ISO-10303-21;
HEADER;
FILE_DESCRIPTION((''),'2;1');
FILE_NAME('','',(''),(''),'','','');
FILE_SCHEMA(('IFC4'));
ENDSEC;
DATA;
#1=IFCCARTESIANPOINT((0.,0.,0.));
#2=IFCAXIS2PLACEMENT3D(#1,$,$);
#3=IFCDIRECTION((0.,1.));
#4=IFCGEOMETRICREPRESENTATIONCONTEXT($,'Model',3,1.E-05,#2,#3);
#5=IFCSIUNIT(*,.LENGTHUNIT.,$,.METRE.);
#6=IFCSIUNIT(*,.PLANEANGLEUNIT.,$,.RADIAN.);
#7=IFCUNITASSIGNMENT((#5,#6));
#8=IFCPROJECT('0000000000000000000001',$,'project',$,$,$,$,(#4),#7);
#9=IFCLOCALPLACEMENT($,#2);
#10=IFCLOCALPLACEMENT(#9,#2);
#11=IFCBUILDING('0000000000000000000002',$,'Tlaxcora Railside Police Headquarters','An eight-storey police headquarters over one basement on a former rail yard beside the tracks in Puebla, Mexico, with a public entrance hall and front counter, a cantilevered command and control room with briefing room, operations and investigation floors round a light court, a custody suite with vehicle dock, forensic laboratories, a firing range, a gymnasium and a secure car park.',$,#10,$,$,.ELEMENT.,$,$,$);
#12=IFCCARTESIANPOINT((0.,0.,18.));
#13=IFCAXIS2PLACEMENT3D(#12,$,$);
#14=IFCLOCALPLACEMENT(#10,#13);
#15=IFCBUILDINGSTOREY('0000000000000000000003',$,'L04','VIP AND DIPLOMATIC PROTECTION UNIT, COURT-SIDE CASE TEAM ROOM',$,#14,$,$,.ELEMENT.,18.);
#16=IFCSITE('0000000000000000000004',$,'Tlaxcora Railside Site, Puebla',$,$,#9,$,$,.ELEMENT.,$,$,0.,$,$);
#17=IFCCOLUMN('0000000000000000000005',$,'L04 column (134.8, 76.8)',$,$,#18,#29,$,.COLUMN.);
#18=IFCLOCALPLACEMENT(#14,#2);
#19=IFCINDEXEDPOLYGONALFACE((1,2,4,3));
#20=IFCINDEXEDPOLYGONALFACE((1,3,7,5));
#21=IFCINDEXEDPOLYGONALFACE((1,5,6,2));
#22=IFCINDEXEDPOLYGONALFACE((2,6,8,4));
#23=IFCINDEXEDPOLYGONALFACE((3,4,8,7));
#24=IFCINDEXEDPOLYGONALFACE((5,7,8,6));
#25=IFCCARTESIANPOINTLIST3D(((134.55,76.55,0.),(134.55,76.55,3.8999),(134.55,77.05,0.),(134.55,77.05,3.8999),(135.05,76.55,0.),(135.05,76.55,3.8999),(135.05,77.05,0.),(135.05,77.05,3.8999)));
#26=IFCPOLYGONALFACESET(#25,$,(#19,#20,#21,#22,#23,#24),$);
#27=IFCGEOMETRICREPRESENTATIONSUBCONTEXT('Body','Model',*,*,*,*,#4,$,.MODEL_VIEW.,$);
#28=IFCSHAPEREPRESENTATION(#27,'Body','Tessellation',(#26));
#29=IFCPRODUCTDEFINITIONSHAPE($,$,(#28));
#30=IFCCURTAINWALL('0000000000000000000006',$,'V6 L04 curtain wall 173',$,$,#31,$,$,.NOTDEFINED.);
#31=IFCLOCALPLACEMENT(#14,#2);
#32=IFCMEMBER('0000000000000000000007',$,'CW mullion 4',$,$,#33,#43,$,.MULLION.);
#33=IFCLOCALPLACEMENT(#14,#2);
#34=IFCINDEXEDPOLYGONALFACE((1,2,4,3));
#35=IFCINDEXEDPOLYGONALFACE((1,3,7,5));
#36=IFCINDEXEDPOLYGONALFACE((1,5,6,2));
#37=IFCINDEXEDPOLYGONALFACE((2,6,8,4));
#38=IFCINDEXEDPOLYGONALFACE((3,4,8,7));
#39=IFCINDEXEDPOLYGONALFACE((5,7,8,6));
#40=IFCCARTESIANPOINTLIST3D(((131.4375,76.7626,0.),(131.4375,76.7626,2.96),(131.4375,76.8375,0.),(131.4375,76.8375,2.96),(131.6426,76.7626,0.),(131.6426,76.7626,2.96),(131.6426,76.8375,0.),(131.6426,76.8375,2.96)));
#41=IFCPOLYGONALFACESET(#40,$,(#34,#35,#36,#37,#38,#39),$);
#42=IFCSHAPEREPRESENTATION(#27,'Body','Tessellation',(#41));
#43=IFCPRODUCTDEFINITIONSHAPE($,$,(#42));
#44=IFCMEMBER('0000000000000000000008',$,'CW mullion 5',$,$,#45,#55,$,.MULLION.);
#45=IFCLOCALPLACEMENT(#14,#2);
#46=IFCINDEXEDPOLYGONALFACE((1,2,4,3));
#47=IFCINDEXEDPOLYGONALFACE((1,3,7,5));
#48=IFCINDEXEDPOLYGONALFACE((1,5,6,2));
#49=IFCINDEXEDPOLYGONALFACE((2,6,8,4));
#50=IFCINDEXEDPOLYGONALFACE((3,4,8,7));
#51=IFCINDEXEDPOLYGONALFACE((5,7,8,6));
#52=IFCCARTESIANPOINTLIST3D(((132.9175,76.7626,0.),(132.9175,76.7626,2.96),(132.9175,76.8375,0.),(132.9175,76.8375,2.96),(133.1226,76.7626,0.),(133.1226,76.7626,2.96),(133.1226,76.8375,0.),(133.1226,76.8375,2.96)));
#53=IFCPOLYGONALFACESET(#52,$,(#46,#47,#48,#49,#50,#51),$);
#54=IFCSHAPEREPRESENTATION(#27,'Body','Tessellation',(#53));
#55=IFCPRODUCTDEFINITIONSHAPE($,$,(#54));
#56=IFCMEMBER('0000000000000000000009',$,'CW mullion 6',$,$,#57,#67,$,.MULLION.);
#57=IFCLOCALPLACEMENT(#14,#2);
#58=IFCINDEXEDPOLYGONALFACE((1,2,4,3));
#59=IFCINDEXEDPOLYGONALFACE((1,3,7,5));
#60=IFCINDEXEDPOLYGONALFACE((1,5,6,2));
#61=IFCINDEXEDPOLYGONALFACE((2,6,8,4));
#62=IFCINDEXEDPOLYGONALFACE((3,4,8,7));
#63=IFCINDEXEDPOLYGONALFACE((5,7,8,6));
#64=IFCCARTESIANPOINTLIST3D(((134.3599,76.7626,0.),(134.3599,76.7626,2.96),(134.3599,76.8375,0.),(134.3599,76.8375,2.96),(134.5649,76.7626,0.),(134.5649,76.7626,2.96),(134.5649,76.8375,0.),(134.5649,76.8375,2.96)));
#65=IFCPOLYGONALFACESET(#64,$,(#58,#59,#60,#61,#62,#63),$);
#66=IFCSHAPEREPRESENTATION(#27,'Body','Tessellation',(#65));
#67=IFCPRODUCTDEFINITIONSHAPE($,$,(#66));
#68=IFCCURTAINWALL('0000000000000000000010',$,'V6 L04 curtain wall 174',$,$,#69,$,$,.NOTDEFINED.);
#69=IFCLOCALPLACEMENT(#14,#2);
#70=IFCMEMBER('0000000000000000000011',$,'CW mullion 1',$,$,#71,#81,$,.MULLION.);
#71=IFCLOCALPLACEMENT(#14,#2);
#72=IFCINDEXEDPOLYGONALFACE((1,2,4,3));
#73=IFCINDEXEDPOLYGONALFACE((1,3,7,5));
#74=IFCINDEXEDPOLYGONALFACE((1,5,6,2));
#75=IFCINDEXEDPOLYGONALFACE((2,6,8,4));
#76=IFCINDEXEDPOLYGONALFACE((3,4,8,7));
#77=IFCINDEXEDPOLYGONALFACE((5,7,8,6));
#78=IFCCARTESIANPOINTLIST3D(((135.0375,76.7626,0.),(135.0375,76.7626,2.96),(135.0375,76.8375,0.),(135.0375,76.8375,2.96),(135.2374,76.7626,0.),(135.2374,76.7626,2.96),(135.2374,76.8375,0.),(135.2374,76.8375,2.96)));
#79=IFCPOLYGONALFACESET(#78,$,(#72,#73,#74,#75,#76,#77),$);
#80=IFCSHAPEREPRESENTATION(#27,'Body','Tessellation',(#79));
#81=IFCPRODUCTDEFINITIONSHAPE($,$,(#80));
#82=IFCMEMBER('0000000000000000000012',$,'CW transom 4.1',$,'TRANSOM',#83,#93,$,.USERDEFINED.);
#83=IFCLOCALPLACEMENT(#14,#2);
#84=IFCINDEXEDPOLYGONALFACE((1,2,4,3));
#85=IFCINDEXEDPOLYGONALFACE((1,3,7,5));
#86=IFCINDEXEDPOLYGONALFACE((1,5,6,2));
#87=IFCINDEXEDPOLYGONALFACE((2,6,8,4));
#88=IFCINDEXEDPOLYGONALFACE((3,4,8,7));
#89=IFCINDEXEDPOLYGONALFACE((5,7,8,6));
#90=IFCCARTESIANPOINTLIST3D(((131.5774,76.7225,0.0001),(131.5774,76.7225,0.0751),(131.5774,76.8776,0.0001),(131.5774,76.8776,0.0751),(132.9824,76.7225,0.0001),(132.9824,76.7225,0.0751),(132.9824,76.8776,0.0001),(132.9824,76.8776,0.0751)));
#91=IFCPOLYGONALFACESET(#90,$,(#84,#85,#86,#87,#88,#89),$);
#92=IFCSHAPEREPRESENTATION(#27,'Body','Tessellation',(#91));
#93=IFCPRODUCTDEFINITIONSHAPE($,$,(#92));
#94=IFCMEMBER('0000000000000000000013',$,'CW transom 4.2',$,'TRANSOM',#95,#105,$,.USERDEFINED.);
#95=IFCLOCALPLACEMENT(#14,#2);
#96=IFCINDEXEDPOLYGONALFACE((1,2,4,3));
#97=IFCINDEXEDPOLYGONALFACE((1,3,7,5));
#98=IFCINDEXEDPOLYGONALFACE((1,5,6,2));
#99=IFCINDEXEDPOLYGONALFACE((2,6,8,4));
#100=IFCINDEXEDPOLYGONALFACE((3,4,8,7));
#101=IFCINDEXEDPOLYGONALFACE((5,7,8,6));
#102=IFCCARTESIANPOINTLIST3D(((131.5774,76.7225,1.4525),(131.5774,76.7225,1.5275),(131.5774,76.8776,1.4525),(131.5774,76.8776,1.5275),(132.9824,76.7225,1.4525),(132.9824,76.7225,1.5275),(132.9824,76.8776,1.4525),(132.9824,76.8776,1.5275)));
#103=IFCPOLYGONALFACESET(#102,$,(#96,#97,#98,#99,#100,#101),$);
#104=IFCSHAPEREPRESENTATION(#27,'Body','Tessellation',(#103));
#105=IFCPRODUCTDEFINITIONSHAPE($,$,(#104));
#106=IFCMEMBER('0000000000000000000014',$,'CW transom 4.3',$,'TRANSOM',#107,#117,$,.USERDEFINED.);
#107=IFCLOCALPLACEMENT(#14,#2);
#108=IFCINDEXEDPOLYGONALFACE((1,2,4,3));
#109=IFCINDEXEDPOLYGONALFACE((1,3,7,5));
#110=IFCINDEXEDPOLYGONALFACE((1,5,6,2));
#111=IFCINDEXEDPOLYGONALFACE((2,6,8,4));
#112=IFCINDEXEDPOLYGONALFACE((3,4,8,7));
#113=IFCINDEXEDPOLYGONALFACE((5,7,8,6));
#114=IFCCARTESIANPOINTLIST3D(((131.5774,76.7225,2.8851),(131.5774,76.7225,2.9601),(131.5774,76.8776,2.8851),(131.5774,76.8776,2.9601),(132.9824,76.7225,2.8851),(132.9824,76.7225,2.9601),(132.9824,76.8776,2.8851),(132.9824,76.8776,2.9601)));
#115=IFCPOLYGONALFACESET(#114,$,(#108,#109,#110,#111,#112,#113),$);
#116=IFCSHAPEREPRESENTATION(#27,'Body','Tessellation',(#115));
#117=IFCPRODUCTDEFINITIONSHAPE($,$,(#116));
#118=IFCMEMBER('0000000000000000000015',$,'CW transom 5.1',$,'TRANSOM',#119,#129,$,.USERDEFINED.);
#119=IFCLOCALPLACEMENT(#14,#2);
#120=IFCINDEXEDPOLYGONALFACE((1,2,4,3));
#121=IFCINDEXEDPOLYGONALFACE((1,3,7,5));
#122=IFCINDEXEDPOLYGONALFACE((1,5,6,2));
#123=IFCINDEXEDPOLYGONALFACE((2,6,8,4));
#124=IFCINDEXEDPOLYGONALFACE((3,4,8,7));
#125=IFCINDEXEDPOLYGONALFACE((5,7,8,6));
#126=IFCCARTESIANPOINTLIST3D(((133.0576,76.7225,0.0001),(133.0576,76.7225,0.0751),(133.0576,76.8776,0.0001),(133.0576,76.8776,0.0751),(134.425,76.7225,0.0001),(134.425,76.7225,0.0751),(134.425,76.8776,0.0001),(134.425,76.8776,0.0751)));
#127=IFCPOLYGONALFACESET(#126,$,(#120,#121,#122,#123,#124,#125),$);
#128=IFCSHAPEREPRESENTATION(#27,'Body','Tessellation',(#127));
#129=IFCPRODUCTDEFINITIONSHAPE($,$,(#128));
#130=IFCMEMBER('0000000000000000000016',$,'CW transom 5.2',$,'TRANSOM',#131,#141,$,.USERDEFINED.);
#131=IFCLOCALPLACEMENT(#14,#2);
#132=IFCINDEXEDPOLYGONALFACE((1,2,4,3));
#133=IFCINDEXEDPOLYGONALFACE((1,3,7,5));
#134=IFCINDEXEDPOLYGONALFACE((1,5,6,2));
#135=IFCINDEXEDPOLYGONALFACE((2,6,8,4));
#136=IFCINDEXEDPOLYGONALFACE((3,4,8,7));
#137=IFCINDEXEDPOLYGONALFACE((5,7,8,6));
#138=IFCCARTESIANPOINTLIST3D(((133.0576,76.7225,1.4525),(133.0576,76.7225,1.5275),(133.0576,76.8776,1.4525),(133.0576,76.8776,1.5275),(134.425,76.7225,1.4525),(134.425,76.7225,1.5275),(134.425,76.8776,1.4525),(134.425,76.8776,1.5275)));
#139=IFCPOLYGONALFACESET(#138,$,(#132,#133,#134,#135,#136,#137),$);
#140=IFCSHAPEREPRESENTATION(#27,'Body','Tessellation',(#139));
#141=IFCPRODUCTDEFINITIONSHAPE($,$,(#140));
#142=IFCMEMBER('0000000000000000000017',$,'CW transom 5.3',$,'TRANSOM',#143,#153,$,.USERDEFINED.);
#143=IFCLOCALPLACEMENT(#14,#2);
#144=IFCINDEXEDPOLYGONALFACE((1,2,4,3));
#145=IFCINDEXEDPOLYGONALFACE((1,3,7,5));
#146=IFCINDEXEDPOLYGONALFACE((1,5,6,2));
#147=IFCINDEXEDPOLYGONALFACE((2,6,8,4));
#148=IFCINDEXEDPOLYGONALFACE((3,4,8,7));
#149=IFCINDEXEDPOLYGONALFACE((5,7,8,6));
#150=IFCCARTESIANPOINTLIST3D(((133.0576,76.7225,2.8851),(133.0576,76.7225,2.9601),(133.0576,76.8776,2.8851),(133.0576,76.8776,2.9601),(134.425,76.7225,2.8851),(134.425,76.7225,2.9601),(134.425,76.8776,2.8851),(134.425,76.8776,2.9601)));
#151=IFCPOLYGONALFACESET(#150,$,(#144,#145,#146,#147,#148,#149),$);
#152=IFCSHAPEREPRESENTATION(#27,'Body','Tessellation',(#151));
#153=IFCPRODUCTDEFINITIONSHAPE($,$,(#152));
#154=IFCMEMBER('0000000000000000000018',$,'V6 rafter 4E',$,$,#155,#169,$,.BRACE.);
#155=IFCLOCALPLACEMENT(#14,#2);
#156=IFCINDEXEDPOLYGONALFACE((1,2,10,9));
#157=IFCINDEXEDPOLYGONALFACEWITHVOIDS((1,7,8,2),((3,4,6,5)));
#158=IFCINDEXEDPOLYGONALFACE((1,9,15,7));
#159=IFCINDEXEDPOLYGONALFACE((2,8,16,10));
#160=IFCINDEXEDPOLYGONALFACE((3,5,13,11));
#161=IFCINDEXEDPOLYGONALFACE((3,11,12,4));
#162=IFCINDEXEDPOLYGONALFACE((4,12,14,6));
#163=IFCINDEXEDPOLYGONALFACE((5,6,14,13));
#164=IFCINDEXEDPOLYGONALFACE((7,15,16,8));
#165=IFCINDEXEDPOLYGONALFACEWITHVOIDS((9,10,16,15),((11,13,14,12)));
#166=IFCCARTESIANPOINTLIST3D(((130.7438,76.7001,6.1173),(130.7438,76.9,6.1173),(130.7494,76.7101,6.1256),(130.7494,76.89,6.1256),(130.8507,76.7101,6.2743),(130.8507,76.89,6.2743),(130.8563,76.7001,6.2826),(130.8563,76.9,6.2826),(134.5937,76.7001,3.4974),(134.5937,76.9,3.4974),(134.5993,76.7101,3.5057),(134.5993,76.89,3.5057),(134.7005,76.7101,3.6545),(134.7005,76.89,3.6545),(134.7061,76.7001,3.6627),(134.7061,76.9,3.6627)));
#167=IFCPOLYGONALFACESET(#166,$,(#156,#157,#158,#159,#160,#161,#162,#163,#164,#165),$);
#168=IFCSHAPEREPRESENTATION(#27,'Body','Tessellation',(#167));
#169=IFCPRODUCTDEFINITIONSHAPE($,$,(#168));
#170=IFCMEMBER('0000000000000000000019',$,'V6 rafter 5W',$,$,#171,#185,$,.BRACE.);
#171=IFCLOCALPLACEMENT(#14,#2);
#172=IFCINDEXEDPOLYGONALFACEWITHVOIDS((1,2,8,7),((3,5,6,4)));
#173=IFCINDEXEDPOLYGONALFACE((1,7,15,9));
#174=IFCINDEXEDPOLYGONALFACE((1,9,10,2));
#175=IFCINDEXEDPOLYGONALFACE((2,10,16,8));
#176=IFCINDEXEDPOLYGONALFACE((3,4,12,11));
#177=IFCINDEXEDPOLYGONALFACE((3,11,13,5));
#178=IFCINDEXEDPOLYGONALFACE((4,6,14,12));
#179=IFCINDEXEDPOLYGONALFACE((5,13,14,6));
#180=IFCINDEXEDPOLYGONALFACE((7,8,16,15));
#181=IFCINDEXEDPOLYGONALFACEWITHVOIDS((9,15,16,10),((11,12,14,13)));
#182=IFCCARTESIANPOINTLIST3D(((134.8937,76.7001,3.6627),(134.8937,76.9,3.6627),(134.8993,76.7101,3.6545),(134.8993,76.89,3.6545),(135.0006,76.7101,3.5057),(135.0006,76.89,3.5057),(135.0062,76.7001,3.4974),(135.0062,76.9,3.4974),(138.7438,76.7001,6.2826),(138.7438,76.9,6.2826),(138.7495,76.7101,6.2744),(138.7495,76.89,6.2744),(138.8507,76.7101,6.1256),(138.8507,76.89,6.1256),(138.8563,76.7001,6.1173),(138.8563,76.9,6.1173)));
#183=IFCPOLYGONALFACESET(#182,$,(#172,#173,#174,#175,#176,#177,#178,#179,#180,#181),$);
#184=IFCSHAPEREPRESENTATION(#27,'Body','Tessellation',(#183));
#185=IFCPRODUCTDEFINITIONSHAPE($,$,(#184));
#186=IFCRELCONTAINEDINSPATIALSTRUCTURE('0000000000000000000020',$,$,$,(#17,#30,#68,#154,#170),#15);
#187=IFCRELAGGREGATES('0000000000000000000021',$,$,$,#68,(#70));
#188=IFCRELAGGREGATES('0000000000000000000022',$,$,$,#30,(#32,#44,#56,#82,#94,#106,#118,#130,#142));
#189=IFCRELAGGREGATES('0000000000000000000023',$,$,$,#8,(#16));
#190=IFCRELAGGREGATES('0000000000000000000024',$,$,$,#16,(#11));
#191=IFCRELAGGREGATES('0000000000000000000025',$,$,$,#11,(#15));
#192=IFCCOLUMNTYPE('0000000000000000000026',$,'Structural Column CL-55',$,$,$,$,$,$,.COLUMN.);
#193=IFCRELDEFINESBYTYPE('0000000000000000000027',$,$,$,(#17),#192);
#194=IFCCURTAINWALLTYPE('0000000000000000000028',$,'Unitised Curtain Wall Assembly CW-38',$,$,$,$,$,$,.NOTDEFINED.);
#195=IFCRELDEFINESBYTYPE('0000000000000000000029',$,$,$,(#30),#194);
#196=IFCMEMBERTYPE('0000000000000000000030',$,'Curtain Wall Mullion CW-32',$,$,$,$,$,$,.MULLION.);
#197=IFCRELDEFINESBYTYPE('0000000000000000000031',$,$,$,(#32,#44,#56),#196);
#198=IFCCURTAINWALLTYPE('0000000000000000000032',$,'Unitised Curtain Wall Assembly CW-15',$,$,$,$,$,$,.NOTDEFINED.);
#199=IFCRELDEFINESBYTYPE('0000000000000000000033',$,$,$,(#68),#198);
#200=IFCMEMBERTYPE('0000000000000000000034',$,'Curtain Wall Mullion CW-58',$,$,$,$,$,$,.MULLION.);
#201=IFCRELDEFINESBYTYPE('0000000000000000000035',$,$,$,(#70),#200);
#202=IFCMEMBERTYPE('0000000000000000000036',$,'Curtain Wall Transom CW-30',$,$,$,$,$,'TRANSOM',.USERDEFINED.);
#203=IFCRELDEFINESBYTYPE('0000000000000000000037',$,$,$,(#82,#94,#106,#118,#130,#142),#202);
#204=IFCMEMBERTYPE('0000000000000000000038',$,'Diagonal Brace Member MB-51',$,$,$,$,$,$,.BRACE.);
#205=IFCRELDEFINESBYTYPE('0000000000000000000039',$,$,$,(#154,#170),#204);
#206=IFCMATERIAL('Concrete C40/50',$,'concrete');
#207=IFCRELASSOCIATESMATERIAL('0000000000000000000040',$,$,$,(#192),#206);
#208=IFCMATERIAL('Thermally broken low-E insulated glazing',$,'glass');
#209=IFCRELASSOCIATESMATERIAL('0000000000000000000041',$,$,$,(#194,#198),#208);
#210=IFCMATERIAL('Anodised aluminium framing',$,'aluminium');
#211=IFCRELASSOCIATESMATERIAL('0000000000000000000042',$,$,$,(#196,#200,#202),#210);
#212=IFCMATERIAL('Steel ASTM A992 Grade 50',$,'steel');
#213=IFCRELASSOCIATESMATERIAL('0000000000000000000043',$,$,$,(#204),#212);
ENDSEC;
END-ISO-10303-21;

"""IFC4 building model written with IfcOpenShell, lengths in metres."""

from ifc_helpers import new_model, si_unit, direction, frame, origin, origin_2d, place, context, subcontext, project, spatial, rectangle, hollow_rectangle, extrude, material, material_profile, profile_set, type_object, element, aggregate, save


model = new_model("IFC4")

# Units and contexts
model_context = context("Model", 3, precision=1e-05, world=origin(), true_north=direction((0.0, 1.0)))
body_context = subcontext(model_context, "Body", "Model", "MODEL_VIEW")
ifc_project = project(units=[si_unit("LENGTHUNIT", "METRE"), si_unit("PLANEANGLEUNIT", "RADIAN")], contexts=[model_context])

# Site, building, storey
site_placement = place(None, origin())
site = spatial("IfcSite", under=ifc_project, at=site_placement, Name="Tlaxcora Railside Site, Puebla", CompositionType="ELEMENT", RefElevation=0.0)
building_placement = place(site_placement, origin())
building = spatial("IfcBuilding", under=site, at=building_placement, Name="Tlaxcora Railside Police Headquarters", Description="An eight-storey police headquarters over one basement on a former rail yard beside the tracks in Puebla, Mexico, with a public entrance hall and front counter, a cantilevered command and control room with briefing room, operations and investigation floors round a light court, a custody suite with vehicle dock, forensic laboratories, a firing range, a gymnasium and a secure car park.", CompositionType="ELEMENT")
storey_placement = place(building_placement, frame((0.0, 0.0, 18.0)))
storey = spatial("IfcBuildingStorey", under=building, at=storey_placement, Name="L04", Description="VIP AND DIPLOMATIC PROTECTION UNIT, COURT-SIDE CASE TEAM ROOM", CompositionType="ELEMENT", Elevation=18.0)

# Column
ifc_material_1 = material(Name="Concrete C40/50", Category="concrete")
ifc_material_profile_1 = material_profile(ifc_material_1, rectangle(XDim=0.5, YDim=0.5, at=origin_2d()), Name="RC500X500")
ifc_profile_set_1 = profile_set([ifc_material_profile_1], Name="Concrete C40/50")
column_type = type_object("IfcColumnType", Name="Structural Column CL-55", PredefinedType="COLUMN", material=ifc_profile_set_1)
column_placement = place(storey_placement, frame((134.8, 76.8, 0.0), z_axis=(0.0, 0.0, 1.0), x_axis=(1.0, 0.0, 0.0)))
element("IfcColumn", 1, at=column_placement, inside=storey, type_object=column_type, Name="L04 column (134.8, 76.8)", PredefinedType="COLUMN", context=body_context, shape_type="SweptSolid", body=[
    extrude(rectangle(XDim=0.5, YDim=0.5, at=origin_2d()), origin(), (0.0, 0.0, 1.0), 3.8999),
])

# Curtain wall, members
ifc_material_2 = material(Name="Thermally broken low-E insulated glazing", Category="glass")
curtain_wall_type_1 = type_object("IfcCurtainWallType", Name="Unitised Curtain Wall Assembly CW-38", PredefinedType="NOTDEFINED", material=ifc_material_2)
curtain_wall_1_placement = place(storey_placement, origin())
curtain_wall_1 = element("IfcCurtainWall", 2, at=curtain_wall_1_placement, inside=storey, type_object=curtain_wall_type_1, Name="V6 L04 curtain wall 173", PredefinedType="NOTDEFINED")
ifc_material_3 = material(Name="Anodised aluminium framing", Category="aluminium")
ifc_material_profile_2 = material_profile(ifc_material_3, rectangle(XDim=0.075, YDim=0.2051, at=origin_2d()), Name="AL75X205")
ifc_profile_set_2 = profile_set([ifc_material_profile_2], Name="Anodised aluminium framing")
member_type_1 = type_object("IfcMemberType", Name="Curtain Wall Mullion CW-32", PredefinedType="MULLION", material=ifc_profile_set_2)
member_1_placement = place(storey_placement, frame((131.54, 76.8, 0.0), z_axis=(0.0, 0.0, 1.0), x_axis=(0.0, 1.0, 0.0)))
member_1 = element("IfcMember", 3, at=member_1_placement, type_object=member_type_1, Name="CW mullion 4", PredefinedType="MULLION", context=body_context, shape_type="SweptSolid", body=[
    extrude(rectangle(XDim=0.075, YDim=0.2051, at=origin_2d()), origin(), (0.0, 0.0, 1.0), 2.96),
])
member_2_placement = place(storey_placement, frame((133.02, 76.8, 0.0), z_axis=(0.0, 0.0, 1.0), x_axis=(0.0, 1.0, 0.0)))
member_2 = element("IfcMember", 4, at=member_2_placement, type_object=member_type_1, Name="CW mullion 5", PredefinedType="MULLION", context=body_context, shape_type="SweptSolid", body=[
    extrude(rectangle(XDim=0.075, YDim=0.2051, at=origin_2d()), origin(), (0.0, 0.0, 1.0), 2.96),
])
member_3_placement = place(storey_placement, frame((134.4624, 76.8, 0.0), z_axis=(0.0, 0.0, 1.0), x_axis=(0.0, 1.0, 0.0)))
member_3 = element("IfcMember", 5, at=member_3_placement, type_object=member_type_1, Name="CW mullion 6", PredefinedType="MULLION", context=body_context, shape_type="SweptSolid", body=[
    extrude(rectangle(XDim=0.075, YDim=0.2051, at=origin_2d()), origin(), (0.0, 0.0, 1.0), 2.96),
])

# Curtain wall, member
curtain_wall_type_2 = type_object("IfcCurtainWallType", Name="Unitised Curtain Wall Assembly CW-15", PredefinedType="NOTDEFINED", material=ifc_material_2)
curtain_wall_2_placement = place(storey_placement, origin())
curtain_wall_2 = element("IfcCurtainWall", 6, at=curtain_wall_2_placement, inside=storey, type_object=curtain_wall_type_2, Name="V6 L04 curtain wall 174", PredefinedType="NOTDEFINED")
ifc_material_profile_3 = material_profile(ifc_material_3, rectangle(XDim=0.075, YDim=0.2, at=origin_2d()), Name="AL75X200")
ifc_profile_set_3 = profile_set([ifc_material_profile_3], Name="Anodised aluminium framing")
member_type_2 = type_object("IfcMemberType", Name="Curtain Wall Mullion CW-58", PredefinedType="MULLION", material=ifc_profile_set_3)
member_4_placement = place(storey_placement, frame((135.1375, 76.8, 0.0), z_axis=(0.0, 0.0, 1.0), x_axis=(0.0, 1.0, 0.0)))
member_4 = element("IfcMember", 7, at=member_4_placement, type_object=member_type_2, Name="CW mullion 1", PredefinedType="MULLION", context=body_context, shape_type="SweptSolid", body=[
    extrude(rectangle(XDim=0.075, YDim=0.2, at=origin_2d()), origin(), (0.0, 0.0, 1.0), 2.96),
])
aggregate(curtain_wall_2, [member_4])

# Members
ifc_material_profile_4 = material_profile(ifc_material_3, rectangle(XDim=0.155, YDim=0.075, at=origin_2d()), Name="AL75X155")
ifc_profile_set_4 = profile_set([ifc_material_profile_4], Name="Anodised aluminium framing")
member_type_3 = type_object("IfcMemberType", Name="Curtain Wall Transom CW-30", ElementType="TRANSOM", PredefinedType="USERDEFINED", material=ifc_profile_set_4)
member_5_placement = place(storey_placement, frame((131.5774, 76.8, 0.0376), z_axis=(1.0, 0.0, 0.0), x_axis=(0.0, 1.0, 0.0)))
member_5 = element("IfcMember", 8, at=member_5_placement, type_object=member_type_3, Name="CW transom 4.1", ObjectType="TRANSOM", PredefinedType="USERDEFINED", context=body_context, shape_type="SweptSolid", body=[
    extrude(rectangle(XDim=0.155, YDim=0.075, at=origin_2d()), origin(), (0.0, 0.0, 1.0), 1.405),
])
member_6_placement = place(storey_placement, frame((131.5774, 76.8, 1.49), z_axis=(1.0, 0.0, 0.0), x_axis=(0.0, 1.0, 0.0)))
member_6 = element("IfcMember", 9, at=member_6_placement, type_object=member_type_3, Name="CW transom 4.2", ObjectType="TRANSOM", PredefinedType="USERDEFINED", context=body_context, shape_type="SweptSolid", body=[
    extrude(rectangle(XDim=0.155, YDim=0.075, at=origin_2d()), origin(), (0.0, 0.0, 1.0), 1.405),
])
member_7_placement = place(storey_placement, frame((131.5774, 76.8, 2.9226), z_axis=(1.0, 0.0, 0.0), x_axis=(0.0, 1.0, 0.0)))
member_7 = element("IfcMember", 10, at=member_7_placement, type_object=member_type_3, Name="CW transom 4.3", ObjectType="TRANSOM", PredefinedType="USERDEFINED", context=body_context, shape_type="SweptSolid", body=[
    extrude(rectangle(XDim=0.155, YDim=0.075, at=origin_2d()), origin(), (0.0, 0.0, 1.0), 1.405),
])
member_8_placement = place(storey_placement, frame((133.0576, 76.8, 0.0376), z_axis=(1.0, 0.0, 0.0), x_axis=(0.0, 1.0, 0.0)))
member_8 = element("IfcMember", 11, at=member_8_placement, type_object=member_type_3, Name="CW transom 5.1", ObjectType="TRANSOM", PredefinedType="USERDEFINED", context=body_context, shape_type="SweptSolid", body=[
    extrude(rectangle(XDim=0.155, YDim=0.075, at=origin_2d()), origin(), (0.0, 0.0, 1.0), 1.3674),
])
member_9_placement = place(storey_placement, frame((133.0576, 76.8, 1.49), z_axis=(1.0, 0.0, 0.0), x_axis=(0.0, 1.0, 0.0)))
member_9 = element("IfcMember", 12, at=member_9_placement, type_object=member_type_3, Name="CW transom 5.2", ObjectType="TRANSOM", PredefinedType="USERDEFINED", context=body_context, shape_type="SweptSolid", body=[
    extrude(rectangle(XDim=0.155, YDim=0.075, at=origin_2d()), origin(), (0.0, 0.0, 1.0), 1.3674),
])
member_10_placement = place(storey_placement, frame((133.0576, 76.8, 2.9226), z_axis=(1.0, 0.0, 0.0), x_axis=(0.0, 1.0, 0.0)))
member_10 = element("IfcMember", 13, at=member_10_placement, type_object=member_type_3, Name="CW transom 5.3", ObjectType="TRANSOM", PredefinedType="USERDEFINED", context=body_context, shape_type="SweptSolid", body=[
    extrude(rectangle(XDim=0.155, YDim=0.075, at=origin_2d()), origin(), (0.0, 0.0, 1.0), 1.3674),
])

# Members
ifc_material_4 = material(Name="Steel ASTM A992 Grade 50", Category="steel")
ifc_material_profile_5 = material_profile(ifc_material_4, hollow_rectangle(XDim=0.2, YDim=0.2, WallThickness=0.01, at=origin_2d()), Name="HSS200X200X10")
ifc_profile_set_5 = profile_set([ifc_material_profile_5], Name="Steel ASTM A992 Grade 50")
member_type_4 = type_object("IfcMemberType", Name="Diagonal Brace Member MB-51", PredefinedType="BRACE", material=ifc_profile_set_5)
member_11_placement = place(storey_placement, frame((134.6499, 76.8, 3.5801), z_axis=(-0.826729, 0.0, 0.5626), x_axis=(0.0, -1.0, 0.0)))
element("IfcMember", 14, at=member_11_placement, inside=storey, type_object=member_type_4, Name="V6 rafter 4E", PredefinedType="BRACE", context=body_context, shape_type="SweptSolid", body=[
    extrude(hollow_rectangle(XDim=0.2, YDim=0.2, WallThickness=0.01, at=origin_2d()), origin(), (0.0, 0.0, 1.0), 4.6567),
])
member_12_placement = place(storey_placement, frame((134.95, 76.8, 3.5801), z_axis=(0.826746, 0.0, 0.562575), x_axis=(0.0, 1.0, 0.0)))
element("IfcMember", 15, at=member_12_placement, inside=storey, type_object=member_type_4, Name="V6 rafter 5W", PredefinedType="BRACE", context=body_context, shape_type="SweptSolid", body=[
    extrude(hollow_rectangle(XDim=0.2, YDim=0.2, WallThickness=0.01, at=origin_2d()), origin(), (0.0, 0.0, 1.0), 4.657),
])

aggregate(curtain_wall_1, [member_1, member_2, member_3, member_5, member_6, member_7, member_8, member_9, member_10])

save(model, "model.ifc")
